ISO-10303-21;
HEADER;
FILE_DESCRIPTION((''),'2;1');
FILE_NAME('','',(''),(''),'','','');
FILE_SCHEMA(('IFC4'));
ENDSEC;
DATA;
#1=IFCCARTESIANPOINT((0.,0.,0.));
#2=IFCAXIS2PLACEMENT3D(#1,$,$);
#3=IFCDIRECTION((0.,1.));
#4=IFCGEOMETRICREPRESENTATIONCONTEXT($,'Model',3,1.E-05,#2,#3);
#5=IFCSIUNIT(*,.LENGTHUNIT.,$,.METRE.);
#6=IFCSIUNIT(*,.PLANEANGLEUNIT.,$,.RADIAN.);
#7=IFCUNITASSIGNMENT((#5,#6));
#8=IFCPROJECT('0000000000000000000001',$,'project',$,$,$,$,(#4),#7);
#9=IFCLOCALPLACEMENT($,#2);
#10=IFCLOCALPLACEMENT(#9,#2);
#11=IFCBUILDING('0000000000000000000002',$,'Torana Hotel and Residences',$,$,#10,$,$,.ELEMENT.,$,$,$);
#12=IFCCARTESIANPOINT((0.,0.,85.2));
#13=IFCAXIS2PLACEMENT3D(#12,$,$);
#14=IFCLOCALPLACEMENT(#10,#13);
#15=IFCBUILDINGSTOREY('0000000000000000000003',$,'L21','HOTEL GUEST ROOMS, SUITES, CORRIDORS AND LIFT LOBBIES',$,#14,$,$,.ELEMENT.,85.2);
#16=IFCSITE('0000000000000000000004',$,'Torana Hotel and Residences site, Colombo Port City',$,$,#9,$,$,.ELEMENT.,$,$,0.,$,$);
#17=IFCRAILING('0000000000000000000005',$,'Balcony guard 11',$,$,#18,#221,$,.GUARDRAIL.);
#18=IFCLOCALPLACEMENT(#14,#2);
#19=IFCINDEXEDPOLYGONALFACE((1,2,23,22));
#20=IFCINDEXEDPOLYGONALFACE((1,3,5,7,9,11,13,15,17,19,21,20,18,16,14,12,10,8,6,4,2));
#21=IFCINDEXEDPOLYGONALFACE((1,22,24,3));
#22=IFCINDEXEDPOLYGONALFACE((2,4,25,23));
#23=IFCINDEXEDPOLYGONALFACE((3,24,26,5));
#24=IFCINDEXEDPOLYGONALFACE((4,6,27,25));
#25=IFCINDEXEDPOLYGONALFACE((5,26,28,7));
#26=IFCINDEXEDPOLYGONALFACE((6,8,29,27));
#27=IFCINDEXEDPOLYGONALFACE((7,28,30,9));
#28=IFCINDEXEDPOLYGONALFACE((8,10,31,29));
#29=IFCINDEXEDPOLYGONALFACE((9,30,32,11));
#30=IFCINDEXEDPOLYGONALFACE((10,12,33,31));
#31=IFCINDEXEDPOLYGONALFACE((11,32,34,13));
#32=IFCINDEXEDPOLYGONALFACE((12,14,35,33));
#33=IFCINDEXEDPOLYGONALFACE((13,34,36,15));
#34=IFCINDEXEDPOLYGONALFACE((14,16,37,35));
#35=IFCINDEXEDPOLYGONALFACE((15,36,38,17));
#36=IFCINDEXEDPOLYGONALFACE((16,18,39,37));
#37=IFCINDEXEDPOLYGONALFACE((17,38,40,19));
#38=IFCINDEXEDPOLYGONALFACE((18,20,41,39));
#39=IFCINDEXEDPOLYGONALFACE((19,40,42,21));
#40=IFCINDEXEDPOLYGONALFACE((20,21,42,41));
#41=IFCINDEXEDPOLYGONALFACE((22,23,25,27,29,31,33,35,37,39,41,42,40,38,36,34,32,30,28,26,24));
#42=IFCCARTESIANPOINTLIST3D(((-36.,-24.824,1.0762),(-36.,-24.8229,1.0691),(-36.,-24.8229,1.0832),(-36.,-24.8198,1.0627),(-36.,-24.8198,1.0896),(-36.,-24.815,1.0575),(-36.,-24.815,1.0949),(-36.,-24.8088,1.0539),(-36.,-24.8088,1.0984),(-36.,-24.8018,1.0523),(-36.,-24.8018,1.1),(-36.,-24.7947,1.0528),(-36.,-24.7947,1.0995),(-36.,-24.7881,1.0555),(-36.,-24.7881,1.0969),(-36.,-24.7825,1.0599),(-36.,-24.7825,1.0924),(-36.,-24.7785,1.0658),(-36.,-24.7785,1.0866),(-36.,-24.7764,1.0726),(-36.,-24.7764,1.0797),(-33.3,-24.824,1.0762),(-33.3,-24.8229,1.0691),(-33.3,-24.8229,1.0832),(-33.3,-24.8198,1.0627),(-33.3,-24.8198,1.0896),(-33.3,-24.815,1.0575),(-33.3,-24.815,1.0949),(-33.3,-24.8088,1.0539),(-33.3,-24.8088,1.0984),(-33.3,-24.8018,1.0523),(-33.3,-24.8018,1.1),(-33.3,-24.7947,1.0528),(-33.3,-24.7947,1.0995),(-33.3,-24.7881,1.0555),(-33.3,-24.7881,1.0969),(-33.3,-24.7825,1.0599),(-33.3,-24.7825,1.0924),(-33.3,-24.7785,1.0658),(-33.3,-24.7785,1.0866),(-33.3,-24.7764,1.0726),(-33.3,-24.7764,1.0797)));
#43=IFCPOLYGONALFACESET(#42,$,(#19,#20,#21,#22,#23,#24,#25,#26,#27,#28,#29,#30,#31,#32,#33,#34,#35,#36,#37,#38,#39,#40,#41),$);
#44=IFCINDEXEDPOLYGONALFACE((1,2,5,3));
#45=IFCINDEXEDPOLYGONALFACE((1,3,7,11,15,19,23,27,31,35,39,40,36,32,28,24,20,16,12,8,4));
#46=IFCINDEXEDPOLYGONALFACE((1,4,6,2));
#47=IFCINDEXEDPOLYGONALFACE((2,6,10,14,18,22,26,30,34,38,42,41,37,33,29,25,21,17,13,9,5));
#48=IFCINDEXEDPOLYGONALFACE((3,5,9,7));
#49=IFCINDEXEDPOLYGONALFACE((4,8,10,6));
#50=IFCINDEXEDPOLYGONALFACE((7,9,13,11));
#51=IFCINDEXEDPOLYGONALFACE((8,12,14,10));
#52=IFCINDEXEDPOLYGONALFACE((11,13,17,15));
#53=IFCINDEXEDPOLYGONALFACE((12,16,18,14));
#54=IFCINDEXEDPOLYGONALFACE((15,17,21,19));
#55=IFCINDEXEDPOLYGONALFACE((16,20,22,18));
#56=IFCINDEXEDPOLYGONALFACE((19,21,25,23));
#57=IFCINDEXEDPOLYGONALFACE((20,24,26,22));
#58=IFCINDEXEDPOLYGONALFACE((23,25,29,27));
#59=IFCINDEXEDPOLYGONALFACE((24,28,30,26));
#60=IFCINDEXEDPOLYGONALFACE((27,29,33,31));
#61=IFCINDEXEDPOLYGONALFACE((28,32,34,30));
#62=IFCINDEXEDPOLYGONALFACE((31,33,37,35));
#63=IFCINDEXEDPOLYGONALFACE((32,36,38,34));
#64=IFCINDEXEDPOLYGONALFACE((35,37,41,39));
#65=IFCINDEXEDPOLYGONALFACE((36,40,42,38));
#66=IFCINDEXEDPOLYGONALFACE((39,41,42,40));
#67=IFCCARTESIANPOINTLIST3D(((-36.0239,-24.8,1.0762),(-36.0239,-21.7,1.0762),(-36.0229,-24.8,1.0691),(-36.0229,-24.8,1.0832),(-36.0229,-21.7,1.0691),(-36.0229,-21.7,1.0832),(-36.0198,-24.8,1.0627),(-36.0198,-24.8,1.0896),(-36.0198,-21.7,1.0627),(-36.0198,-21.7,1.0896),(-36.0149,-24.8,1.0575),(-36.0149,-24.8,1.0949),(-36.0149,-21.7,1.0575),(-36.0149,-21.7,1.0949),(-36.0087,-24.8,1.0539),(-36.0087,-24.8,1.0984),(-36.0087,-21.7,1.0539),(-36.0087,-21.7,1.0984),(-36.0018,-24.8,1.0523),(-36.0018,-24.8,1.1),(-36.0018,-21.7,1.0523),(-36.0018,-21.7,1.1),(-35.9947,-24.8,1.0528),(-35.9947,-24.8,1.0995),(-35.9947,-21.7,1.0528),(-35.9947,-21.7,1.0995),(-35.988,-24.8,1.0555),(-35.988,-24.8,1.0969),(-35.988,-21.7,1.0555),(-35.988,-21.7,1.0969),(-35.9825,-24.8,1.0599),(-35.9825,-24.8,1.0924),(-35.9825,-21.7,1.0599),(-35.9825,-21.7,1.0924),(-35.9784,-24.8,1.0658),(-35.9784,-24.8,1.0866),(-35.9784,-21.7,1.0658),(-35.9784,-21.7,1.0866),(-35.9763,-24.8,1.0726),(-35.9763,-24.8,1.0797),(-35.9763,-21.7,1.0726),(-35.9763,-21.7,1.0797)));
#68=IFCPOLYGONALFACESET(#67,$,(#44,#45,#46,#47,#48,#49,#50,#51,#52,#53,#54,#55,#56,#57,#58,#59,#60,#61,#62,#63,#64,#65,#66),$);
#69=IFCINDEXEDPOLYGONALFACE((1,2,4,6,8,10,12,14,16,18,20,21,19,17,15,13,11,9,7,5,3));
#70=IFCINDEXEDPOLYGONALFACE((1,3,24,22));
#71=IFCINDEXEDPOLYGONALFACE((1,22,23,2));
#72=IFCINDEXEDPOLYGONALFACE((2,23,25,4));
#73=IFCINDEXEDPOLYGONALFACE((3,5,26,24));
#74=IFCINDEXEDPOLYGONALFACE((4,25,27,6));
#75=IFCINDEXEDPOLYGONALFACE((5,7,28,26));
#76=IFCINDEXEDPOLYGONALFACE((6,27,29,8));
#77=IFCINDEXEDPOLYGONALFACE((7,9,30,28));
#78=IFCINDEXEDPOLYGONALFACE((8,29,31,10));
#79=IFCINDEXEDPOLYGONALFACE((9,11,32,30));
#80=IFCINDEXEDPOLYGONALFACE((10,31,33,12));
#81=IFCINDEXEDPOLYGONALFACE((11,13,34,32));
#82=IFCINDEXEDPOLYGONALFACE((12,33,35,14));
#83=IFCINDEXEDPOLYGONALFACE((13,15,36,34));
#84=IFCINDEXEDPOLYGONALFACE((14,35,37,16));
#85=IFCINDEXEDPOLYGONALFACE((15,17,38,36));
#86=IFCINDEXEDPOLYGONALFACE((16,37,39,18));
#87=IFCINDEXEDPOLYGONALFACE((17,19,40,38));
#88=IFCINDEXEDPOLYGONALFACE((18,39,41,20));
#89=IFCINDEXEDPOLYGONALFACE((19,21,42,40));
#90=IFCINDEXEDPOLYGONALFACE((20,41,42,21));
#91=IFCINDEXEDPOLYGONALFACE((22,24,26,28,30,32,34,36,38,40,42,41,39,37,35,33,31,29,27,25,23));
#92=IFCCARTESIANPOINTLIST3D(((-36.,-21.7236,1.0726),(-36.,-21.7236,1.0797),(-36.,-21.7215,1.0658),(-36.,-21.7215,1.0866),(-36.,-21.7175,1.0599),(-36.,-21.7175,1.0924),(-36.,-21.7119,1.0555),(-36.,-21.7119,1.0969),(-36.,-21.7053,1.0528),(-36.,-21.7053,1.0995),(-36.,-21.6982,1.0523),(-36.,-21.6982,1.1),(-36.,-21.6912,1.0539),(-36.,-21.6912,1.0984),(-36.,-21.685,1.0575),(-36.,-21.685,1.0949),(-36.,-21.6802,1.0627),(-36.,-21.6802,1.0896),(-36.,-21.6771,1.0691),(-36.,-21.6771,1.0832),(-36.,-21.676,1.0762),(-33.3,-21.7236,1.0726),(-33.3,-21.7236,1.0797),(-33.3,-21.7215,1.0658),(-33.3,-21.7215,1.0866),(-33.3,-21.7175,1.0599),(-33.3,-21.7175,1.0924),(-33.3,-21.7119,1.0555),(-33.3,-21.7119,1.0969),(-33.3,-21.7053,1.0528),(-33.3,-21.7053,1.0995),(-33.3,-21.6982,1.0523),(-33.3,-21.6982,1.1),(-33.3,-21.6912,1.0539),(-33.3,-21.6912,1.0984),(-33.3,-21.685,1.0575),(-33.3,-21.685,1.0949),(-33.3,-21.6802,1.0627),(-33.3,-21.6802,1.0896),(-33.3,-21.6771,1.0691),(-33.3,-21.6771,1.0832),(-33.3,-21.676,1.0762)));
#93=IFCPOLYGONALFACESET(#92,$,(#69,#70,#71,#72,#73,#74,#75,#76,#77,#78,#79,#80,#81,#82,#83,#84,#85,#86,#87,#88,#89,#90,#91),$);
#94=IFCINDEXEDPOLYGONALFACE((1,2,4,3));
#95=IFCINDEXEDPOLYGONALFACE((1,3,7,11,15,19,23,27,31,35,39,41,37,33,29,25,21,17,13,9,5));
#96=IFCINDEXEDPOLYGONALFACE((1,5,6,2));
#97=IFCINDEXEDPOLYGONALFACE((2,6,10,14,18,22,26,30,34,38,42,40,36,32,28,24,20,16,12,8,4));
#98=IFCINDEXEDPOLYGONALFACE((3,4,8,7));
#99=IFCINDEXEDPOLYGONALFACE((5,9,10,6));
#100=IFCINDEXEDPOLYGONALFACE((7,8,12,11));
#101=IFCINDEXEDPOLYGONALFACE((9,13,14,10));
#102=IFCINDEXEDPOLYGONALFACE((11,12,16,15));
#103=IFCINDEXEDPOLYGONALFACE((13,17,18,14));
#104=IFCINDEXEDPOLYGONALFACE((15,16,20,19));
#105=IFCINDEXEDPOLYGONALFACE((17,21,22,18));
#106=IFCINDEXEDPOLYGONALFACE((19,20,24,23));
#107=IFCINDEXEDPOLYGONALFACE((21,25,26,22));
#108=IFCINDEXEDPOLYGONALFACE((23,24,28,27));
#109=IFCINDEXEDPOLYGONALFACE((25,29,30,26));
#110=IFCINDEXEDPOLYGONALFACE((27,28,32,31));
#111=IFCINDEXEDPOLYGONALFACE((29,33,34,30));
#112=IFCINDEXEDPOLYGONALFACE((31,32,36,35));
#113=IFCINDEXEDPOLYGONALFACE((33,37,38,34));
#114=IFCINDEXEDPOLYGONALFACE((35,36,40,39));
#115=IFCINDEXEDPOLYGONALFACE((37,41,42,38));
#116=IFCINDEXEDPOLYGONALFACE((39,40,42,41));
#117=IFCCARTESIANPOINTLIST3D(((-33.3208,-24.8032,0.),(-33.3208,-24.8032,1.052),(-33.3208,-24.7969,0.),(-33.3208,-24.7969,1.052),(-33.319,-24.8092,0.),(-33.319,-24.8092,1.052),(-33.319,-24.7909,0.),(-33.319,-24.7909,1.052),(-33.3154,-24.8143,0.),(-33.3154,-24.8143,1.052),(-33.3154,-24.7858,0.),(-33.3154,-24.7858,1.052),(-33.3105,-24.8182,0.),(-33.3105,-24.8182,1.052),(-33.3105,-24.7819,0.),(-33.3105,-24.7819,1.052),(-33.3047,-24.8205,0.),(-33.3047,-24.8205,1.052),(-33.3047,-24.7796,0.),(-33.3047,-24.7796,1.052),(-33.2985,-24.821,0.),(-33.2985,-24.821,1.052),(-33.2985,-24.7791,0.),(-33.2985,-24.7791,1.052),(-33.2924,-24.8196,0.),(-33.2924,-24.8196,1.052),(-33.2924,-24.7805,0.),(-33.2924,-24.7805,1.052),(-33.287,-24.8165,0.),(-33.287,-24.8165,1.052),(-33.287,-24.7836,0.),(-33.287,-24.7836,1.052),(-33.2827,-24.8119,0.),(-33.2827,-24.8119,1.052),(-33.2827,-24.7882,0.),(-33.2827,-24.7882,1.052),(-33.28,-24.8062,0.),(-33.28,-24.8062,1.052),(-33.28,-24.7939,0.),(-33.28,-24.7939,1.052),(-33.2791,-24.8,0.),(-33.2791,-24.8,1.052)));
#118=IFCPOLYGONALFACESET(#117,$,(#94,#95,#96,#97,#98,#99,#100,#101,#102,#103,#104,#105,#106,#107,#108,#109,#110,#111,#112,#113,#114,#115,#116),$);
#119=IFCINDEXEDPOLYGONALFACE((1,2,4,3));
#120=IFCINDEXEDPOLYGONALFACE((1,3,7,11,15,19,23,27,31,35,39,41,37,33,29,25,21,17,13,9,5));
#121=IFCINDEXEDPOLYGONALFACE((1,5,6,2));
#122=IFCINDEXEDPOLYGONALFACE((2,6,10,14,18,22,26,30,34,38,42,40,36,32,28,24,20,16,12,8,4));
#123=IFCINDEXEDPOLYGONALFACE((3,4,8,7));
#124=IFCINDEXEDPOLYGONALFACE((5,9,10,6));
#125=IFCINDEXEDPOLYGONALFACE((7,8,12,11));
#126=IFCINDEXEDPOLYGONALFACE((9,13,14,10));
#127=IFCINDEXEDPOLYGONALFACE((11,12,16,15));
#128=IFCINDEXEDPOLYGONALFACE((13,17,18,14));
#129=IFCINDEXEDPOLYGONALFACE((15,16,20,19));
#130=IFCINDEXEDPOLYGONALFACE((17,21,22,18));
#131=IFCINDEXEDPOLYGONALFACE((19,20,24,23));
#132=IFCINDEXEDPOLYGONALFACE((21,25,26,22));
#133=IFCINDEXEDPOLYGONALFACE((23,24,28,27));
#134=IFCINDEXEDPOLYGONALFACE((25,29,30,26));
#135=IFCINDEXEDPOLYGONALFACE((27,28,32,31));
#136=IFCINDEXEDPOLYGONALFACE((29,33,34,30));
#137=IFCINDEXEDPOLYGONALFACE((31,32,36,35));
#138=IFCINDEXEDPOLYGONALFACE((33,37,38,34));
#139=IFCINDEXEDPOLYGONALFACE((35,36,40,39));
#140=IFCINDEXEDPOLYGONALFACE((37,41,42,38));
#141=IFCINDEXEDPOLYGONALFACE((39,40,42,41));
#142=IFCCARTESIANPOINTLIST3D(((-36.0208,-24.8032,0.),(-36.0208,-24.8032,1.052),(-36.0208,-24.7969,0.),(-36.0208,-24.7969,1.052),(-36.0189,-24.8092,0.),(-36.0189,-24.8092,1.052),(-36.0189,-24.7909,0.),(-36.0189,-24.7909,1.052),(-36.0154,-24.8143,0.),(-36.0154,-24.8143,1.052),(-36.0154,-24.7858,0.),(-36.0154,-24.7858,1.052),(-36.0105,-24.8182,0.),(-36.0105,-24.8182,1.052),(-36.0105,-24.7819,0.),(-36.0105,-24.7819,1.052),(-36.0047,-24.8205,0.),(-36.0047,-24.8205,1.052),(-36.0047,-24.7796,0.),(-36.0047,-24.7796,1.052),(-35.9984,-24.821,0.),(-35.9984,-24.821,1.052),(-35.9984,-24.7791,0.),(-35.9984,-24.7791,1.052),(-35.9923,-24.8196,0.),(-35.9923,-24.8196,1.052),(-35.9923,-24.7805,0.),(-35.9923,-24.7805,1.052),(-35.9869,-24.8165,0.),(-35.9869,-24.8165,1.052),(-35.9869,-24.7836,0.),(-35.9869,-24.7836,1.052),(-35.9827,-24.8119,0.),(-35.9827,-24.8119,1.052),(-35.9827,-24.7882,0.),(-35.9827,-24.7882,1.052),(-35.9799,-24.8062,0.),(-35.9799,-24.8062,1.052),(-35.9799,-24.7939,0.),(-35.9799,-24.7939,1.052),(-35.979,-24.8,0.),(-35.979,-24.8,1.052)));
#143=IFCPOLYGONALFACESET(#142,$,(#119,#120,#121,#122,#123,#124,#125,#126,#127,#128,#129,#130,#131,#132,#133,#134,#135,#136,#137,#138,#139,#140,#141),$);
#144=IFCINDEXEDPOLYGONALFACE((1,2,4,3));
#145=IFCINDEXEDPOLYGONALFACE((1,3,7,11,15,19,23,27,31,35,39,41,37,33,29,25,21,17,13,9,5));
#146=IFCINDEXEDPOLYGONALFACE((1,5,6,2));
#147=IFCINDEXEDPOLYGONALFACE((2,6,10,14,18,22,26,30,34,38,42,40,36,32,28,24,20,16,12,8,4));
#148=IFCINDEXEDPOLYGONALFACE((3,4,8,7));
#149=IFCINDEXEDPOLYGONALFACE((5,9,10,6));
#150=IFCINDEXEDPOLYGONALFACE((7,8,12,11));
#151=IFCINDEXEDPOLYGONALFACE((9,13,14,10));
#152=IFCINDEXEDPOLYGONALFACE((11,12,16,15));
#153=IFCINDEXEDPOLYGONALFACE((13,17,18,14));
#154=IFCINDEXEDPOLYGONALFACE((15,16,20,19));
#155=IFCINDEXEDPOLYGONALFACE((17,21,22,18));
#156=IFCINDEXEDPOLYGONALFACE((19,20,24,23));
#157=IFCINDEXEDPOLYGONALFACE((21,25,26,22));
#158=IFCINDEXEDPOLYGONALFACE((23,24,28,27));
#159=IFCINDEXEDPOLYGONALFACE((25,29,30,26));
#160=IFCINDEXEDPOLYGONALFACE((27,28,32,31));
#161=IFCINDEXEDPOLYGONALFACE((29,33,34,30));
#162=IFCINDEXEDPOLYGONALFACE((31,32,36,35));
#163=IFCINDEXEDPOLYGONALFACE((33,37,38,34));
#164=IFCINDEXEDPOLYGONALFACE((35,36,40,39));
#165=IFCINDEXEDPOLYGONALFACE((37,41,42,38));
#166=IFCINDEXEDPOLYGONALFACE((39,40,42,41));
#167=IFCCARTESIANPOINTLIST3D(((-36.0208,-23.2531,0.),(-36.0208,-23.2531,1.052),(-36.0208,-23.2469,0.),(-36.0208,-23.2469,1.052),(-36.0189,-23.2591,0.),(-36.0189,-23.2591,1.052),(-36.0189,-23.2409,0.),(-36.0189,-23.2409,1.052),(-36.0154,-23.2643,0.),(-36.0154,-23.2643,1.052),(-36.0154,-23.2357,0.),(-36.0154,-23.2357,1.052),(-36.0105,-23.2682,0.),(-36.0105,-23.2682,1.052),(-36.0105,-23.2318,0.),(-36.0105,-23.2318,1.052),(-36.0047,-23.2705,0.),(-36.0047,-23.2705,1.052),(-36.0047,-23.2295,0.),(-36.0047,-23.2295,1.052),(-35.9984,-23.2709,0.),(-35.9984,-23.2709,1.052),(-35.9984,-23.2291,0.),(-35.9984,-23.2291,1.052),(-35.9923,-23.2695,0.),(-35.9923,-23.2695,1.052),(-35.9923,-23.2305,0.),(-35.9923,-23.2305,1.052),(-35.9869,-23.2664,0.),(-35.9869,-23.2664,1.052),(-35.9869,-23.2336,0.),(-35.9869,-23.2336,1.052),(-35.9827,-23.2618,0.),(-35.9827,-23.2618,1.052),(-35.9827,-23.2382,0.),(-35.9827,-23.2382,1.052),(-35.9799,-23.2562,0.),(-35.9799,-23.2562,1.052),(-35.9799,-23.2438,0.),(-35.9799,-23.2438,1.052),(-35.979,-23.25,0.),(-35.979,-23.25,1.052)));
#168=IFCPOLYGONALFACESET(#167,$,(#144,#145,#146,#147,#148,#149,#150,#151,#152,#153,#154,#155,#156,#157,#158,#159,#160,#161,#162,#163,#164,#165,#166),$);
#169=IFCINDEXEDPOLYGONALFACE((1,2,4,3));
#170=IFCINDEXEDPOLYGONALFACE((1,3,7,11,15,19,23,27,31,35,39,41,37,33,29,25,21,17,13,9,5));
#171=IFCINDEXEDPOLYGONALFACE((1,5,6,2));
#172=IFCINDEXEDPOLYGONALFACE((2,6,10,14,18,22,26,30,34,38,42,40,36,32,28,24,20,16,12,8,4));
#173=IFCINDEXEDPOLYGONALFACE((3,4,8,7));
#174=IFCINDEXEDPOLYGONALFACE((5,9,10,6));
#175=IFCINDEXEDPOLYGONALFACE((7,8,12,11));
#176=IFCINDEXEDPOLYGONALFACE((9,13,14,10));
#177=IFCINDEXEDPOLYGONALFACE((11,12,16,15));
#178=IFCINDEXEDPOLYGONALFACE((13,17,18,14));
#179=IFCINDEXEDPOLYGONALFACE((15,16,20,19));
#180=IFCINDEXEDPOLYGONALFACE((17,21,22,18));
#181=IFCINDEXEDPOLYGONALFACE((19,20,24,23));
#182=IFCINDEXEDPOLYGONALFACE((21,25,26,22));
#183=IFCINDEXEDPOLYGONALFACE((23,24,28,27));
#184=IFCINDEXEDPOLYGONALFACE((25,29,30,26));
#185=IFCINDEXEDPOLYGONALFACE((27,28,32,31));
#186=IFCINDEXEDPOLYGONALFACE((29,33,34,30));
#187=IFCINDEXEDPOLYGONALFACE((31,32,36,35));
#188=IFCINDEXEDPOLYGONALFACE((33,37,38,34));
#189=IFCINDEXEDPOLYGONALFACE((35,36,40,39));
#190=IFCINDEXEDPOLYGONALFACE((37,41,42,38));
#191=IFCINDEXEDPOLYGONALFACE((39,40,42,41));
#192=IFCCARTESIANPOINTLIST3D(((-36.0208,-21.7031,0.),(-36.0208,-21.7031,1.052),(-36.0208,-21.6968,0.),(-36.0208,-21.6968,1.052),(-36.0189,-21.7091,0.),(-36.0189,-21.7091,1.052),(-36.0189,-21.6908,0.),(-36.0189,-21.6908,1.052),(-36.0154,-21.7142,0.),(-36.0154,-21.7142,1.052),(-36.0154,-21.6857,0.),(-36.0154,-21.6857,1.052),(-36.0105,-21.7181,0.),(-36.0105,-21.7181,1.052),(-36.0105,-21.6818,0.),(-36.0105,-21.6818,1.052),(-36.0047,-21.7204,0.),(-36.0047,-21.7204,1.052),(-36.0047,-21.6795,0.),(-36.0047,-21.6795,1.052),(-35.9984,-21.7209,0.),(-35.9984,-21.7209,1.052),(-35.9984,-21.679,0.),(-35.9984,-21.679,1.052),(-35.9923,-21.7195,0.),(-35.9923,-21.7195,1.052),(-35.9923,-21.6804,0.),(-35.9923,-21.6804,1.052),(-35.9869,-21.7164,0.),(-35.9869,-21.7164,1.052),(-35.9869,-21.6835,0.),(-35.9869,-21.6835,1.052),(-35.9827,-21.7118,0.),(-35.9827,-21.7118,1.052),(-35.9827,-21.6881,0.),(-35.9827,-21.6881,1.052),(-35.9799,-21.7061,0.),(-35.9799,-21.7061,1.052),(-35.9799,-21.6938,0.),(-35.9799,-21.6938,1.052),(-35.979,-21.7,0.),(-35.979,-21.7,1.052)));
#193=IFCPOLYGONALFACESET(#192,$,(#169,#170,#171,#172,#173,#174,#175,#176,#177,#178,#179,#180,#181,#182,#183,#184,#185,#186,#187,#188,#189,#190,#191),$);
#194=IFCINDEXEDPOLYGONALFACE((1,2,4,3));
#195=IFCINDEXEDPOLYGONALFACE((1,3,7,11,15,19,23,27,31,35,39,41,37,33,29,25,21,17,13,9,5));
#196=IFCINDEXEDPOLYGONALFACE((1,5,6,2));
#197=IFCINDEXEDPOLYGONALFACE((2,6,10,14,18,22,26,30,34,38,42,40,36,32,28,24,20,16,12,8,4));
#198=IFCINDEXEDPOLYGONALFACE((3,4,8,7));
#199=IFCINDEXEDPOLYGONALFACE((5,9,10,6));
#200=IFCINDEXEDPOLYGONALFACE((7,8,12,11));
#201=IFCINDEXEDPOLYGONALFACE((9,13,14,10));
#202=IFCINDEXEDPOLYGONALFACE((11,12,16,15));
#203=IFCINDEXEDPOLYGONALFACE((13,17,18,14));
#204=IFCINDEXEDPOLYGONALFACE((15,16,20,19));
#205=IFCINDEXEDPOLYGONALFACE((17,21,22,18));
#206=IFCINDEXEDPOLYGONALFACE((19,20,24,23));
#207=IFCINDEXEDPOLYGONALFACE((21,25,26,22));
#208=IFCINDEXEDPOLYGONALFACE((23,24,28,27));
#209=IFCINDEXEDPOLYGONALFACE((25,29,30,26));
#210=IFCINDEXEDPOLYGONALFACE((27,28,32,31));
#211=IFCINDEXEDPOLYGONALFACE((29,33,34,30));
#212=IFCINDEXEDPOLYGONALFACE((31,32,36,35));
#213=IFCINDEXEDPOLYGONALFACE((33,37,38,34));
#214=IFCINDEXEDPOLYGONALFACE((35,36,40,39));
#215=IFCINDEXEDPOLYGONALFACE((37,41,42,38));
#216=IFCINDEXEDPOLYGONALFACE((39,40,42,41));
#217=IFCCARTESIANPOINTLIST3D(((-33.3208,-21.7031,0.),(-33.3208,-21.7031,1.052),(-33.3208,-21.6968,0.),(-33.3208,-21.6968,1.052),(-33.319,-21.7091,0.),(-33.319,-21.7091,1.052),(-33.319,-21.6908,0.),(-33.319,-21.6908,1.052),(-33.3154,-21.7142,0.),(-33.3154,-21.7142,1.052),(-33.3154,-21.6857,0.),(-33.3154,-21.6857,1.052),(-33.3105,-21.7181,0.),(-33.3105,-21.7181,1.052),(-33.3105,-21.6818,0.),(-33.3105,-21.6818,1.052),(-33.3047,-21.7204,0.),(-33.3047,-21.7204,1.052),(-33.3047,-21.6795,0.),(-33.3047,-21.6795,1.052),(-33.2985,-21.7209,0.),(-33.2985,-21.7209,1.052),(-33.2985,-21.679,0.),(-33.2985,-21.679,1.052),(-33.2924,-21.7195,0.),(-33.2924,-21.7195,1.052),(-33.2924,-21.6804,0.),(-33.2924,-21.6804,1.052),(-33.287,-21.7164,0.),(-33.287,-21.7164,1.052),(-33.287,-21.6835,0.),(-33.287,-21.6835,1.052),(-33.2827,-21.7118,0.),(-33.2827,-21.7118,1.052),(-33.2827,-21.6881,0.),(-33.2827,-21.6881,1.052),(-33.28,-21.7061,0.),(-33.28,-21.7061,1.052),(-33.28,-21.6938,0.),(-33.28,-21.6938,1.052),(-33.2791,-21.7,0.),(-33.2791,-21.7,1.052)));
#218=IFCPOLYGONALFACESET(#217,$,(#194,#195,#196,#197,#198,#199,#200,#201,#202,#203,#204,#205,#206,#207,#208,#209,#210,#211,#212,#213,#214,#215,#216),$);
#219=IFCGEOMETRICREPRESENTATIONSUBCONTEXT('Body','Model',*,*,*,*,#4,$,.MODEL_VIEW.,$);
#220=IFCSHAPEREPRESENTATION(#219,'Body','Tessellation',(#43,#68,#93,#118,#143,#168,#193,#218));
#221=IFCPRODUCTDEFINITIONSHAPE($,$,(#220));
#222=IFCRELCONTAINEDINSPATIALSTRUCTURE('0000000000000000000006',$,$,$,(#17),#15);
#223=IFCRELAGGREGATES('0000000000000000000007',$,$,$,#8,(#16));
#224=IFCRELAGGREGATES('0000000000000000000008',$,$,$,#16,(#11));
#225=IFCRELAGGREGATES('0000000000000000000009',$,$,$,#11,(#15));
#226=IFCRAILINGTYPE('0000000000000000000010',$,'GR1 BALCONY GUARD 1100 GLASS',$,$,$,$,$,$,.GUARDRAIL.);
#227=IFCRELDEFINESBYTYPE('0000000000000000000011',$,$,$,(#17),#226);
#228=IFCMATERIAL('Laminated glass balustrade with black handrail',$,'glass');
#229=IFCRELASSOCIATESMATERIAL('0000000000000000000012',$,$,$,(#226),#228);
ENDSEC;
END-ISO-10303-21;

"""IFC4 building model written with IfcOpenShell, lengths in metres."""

from ifc_helpers import new_model, si_unit, direction, frame, origin, origin_2d, place, context, subcontext, project, spatial, circle, extrude, material, type_object, element, save


model = new_model("IFC4")

# Units and contexts
model_context = context("Model", 3, precision=1e-05, world=origin(), true_north=direction((0.0, 1.0)))
body_context = subcontext(model_context, "Body", "Model", "MODEL_VIEW")
ifc_project = project(units=[si_unit("LENGTHUNIT", "METRE"), si_unit("PLANEANGLEUNIT", "RADIAN")], contexts=[model_context])

# Site, building, storey
site_placement = place(None, origin())
site = spatial("IfcSite", under=ifc_project, at=site_placement, Name="Torana Hotel and Residences site, Colombo Port City", CompositionType="ELEMENT", RefElevation=0.0)
building_placement = place(site_placement, origin())
building = spatial("IfcBuilding", under=site, at=building_placement, Name="Torana Hotel and Residences", CompositionType="ELEMENT")
storey_placement = place(building_placement, frame((0.0, 0.0, 85.2)))
storey = spatial("IfcBuildingStorey", under=building, at=storey_placement, Name="L21", Description="HOTEL GUEST ROOMS, SUITES, CORRIDORS AND LIFT LOBBIES", CompositionType="ELEMENT", Elevation=85.2)

# Railing
ifc_material_1 = material(Name="Laminated glass balustrade with black handrail", Category="glass")
railing_type = type_object("IfcRailingType", Name="GR1 BALCONY GUARD 1100 GLASS", PredefinedType="GUARDRAIL", material=ifc_material_1)
railing_placement = place(storey_placement, frame((-33.3, -24.8, 0.0)))
element("IfcRailing", 1, at=railing_placement, inside=storey, type_object=railing_type, Name="Balcony guard 11", PredefinedType="GUARDRAIL", context=body_context, shape_type="SweptSolid", body=[
    extrude(circle(Radius=0.0239, at=origin_2d()), frame((0.0, 0.0, 1.0762), z_axis=(-1.0, 0.0, 0.0), x_axis=(0.0, -1.0, 0.0)), (0.0, 0.0, 1.0), 2.7),
    extrude(circle(Radius=0.0239, at=origin_2d()), frame((-2.7, 0.0, 1.0762), z_axis=(0.0, 1.0, 0.0), x_axis=(-1.0, 0.0, 0.0)), (0.0, 0.0, 1.0), 3.1001),
    extrude(circle(Radius=0.0239, at=origin_2d()), frame((-2.7, 3.1001, 1.0762), z_axis=(1.0, 0.0, 0.0), x_axis=(0.0, 1.0, 0.0)), (0.0, 0.0, 1.0), 2.7),
    extrude(circle(Radius=0.021, at=origin_2d()), origin(), (0.0, 0.0, 1.0), 1.052),
    extrude(circle(Radius=0.021, at=origin_2d()), frame((-2.7, 0.0, 0.0)), (0.0, 0.0, 1.0), 1.052),
    extrude(circle(Radius=0.021, at=origin_2d()), frame((-2.7, 1.55, 0.0)), (0.0, 0.0, 1.0), 1.052),
    extrude(circle(Radius=0.021, at=origin_2d()), frame((-2.7, 3.1001, 0.0)), (0.0, 0.0, 1.0), 1.052),
    extrude(circle(Radius=0.021, at=origin_2d()), frame((0.0, 3.1001, 0.0)), (0.0, 0.0, 1.0), 1.052),
])

save(model, "model.ifc")
